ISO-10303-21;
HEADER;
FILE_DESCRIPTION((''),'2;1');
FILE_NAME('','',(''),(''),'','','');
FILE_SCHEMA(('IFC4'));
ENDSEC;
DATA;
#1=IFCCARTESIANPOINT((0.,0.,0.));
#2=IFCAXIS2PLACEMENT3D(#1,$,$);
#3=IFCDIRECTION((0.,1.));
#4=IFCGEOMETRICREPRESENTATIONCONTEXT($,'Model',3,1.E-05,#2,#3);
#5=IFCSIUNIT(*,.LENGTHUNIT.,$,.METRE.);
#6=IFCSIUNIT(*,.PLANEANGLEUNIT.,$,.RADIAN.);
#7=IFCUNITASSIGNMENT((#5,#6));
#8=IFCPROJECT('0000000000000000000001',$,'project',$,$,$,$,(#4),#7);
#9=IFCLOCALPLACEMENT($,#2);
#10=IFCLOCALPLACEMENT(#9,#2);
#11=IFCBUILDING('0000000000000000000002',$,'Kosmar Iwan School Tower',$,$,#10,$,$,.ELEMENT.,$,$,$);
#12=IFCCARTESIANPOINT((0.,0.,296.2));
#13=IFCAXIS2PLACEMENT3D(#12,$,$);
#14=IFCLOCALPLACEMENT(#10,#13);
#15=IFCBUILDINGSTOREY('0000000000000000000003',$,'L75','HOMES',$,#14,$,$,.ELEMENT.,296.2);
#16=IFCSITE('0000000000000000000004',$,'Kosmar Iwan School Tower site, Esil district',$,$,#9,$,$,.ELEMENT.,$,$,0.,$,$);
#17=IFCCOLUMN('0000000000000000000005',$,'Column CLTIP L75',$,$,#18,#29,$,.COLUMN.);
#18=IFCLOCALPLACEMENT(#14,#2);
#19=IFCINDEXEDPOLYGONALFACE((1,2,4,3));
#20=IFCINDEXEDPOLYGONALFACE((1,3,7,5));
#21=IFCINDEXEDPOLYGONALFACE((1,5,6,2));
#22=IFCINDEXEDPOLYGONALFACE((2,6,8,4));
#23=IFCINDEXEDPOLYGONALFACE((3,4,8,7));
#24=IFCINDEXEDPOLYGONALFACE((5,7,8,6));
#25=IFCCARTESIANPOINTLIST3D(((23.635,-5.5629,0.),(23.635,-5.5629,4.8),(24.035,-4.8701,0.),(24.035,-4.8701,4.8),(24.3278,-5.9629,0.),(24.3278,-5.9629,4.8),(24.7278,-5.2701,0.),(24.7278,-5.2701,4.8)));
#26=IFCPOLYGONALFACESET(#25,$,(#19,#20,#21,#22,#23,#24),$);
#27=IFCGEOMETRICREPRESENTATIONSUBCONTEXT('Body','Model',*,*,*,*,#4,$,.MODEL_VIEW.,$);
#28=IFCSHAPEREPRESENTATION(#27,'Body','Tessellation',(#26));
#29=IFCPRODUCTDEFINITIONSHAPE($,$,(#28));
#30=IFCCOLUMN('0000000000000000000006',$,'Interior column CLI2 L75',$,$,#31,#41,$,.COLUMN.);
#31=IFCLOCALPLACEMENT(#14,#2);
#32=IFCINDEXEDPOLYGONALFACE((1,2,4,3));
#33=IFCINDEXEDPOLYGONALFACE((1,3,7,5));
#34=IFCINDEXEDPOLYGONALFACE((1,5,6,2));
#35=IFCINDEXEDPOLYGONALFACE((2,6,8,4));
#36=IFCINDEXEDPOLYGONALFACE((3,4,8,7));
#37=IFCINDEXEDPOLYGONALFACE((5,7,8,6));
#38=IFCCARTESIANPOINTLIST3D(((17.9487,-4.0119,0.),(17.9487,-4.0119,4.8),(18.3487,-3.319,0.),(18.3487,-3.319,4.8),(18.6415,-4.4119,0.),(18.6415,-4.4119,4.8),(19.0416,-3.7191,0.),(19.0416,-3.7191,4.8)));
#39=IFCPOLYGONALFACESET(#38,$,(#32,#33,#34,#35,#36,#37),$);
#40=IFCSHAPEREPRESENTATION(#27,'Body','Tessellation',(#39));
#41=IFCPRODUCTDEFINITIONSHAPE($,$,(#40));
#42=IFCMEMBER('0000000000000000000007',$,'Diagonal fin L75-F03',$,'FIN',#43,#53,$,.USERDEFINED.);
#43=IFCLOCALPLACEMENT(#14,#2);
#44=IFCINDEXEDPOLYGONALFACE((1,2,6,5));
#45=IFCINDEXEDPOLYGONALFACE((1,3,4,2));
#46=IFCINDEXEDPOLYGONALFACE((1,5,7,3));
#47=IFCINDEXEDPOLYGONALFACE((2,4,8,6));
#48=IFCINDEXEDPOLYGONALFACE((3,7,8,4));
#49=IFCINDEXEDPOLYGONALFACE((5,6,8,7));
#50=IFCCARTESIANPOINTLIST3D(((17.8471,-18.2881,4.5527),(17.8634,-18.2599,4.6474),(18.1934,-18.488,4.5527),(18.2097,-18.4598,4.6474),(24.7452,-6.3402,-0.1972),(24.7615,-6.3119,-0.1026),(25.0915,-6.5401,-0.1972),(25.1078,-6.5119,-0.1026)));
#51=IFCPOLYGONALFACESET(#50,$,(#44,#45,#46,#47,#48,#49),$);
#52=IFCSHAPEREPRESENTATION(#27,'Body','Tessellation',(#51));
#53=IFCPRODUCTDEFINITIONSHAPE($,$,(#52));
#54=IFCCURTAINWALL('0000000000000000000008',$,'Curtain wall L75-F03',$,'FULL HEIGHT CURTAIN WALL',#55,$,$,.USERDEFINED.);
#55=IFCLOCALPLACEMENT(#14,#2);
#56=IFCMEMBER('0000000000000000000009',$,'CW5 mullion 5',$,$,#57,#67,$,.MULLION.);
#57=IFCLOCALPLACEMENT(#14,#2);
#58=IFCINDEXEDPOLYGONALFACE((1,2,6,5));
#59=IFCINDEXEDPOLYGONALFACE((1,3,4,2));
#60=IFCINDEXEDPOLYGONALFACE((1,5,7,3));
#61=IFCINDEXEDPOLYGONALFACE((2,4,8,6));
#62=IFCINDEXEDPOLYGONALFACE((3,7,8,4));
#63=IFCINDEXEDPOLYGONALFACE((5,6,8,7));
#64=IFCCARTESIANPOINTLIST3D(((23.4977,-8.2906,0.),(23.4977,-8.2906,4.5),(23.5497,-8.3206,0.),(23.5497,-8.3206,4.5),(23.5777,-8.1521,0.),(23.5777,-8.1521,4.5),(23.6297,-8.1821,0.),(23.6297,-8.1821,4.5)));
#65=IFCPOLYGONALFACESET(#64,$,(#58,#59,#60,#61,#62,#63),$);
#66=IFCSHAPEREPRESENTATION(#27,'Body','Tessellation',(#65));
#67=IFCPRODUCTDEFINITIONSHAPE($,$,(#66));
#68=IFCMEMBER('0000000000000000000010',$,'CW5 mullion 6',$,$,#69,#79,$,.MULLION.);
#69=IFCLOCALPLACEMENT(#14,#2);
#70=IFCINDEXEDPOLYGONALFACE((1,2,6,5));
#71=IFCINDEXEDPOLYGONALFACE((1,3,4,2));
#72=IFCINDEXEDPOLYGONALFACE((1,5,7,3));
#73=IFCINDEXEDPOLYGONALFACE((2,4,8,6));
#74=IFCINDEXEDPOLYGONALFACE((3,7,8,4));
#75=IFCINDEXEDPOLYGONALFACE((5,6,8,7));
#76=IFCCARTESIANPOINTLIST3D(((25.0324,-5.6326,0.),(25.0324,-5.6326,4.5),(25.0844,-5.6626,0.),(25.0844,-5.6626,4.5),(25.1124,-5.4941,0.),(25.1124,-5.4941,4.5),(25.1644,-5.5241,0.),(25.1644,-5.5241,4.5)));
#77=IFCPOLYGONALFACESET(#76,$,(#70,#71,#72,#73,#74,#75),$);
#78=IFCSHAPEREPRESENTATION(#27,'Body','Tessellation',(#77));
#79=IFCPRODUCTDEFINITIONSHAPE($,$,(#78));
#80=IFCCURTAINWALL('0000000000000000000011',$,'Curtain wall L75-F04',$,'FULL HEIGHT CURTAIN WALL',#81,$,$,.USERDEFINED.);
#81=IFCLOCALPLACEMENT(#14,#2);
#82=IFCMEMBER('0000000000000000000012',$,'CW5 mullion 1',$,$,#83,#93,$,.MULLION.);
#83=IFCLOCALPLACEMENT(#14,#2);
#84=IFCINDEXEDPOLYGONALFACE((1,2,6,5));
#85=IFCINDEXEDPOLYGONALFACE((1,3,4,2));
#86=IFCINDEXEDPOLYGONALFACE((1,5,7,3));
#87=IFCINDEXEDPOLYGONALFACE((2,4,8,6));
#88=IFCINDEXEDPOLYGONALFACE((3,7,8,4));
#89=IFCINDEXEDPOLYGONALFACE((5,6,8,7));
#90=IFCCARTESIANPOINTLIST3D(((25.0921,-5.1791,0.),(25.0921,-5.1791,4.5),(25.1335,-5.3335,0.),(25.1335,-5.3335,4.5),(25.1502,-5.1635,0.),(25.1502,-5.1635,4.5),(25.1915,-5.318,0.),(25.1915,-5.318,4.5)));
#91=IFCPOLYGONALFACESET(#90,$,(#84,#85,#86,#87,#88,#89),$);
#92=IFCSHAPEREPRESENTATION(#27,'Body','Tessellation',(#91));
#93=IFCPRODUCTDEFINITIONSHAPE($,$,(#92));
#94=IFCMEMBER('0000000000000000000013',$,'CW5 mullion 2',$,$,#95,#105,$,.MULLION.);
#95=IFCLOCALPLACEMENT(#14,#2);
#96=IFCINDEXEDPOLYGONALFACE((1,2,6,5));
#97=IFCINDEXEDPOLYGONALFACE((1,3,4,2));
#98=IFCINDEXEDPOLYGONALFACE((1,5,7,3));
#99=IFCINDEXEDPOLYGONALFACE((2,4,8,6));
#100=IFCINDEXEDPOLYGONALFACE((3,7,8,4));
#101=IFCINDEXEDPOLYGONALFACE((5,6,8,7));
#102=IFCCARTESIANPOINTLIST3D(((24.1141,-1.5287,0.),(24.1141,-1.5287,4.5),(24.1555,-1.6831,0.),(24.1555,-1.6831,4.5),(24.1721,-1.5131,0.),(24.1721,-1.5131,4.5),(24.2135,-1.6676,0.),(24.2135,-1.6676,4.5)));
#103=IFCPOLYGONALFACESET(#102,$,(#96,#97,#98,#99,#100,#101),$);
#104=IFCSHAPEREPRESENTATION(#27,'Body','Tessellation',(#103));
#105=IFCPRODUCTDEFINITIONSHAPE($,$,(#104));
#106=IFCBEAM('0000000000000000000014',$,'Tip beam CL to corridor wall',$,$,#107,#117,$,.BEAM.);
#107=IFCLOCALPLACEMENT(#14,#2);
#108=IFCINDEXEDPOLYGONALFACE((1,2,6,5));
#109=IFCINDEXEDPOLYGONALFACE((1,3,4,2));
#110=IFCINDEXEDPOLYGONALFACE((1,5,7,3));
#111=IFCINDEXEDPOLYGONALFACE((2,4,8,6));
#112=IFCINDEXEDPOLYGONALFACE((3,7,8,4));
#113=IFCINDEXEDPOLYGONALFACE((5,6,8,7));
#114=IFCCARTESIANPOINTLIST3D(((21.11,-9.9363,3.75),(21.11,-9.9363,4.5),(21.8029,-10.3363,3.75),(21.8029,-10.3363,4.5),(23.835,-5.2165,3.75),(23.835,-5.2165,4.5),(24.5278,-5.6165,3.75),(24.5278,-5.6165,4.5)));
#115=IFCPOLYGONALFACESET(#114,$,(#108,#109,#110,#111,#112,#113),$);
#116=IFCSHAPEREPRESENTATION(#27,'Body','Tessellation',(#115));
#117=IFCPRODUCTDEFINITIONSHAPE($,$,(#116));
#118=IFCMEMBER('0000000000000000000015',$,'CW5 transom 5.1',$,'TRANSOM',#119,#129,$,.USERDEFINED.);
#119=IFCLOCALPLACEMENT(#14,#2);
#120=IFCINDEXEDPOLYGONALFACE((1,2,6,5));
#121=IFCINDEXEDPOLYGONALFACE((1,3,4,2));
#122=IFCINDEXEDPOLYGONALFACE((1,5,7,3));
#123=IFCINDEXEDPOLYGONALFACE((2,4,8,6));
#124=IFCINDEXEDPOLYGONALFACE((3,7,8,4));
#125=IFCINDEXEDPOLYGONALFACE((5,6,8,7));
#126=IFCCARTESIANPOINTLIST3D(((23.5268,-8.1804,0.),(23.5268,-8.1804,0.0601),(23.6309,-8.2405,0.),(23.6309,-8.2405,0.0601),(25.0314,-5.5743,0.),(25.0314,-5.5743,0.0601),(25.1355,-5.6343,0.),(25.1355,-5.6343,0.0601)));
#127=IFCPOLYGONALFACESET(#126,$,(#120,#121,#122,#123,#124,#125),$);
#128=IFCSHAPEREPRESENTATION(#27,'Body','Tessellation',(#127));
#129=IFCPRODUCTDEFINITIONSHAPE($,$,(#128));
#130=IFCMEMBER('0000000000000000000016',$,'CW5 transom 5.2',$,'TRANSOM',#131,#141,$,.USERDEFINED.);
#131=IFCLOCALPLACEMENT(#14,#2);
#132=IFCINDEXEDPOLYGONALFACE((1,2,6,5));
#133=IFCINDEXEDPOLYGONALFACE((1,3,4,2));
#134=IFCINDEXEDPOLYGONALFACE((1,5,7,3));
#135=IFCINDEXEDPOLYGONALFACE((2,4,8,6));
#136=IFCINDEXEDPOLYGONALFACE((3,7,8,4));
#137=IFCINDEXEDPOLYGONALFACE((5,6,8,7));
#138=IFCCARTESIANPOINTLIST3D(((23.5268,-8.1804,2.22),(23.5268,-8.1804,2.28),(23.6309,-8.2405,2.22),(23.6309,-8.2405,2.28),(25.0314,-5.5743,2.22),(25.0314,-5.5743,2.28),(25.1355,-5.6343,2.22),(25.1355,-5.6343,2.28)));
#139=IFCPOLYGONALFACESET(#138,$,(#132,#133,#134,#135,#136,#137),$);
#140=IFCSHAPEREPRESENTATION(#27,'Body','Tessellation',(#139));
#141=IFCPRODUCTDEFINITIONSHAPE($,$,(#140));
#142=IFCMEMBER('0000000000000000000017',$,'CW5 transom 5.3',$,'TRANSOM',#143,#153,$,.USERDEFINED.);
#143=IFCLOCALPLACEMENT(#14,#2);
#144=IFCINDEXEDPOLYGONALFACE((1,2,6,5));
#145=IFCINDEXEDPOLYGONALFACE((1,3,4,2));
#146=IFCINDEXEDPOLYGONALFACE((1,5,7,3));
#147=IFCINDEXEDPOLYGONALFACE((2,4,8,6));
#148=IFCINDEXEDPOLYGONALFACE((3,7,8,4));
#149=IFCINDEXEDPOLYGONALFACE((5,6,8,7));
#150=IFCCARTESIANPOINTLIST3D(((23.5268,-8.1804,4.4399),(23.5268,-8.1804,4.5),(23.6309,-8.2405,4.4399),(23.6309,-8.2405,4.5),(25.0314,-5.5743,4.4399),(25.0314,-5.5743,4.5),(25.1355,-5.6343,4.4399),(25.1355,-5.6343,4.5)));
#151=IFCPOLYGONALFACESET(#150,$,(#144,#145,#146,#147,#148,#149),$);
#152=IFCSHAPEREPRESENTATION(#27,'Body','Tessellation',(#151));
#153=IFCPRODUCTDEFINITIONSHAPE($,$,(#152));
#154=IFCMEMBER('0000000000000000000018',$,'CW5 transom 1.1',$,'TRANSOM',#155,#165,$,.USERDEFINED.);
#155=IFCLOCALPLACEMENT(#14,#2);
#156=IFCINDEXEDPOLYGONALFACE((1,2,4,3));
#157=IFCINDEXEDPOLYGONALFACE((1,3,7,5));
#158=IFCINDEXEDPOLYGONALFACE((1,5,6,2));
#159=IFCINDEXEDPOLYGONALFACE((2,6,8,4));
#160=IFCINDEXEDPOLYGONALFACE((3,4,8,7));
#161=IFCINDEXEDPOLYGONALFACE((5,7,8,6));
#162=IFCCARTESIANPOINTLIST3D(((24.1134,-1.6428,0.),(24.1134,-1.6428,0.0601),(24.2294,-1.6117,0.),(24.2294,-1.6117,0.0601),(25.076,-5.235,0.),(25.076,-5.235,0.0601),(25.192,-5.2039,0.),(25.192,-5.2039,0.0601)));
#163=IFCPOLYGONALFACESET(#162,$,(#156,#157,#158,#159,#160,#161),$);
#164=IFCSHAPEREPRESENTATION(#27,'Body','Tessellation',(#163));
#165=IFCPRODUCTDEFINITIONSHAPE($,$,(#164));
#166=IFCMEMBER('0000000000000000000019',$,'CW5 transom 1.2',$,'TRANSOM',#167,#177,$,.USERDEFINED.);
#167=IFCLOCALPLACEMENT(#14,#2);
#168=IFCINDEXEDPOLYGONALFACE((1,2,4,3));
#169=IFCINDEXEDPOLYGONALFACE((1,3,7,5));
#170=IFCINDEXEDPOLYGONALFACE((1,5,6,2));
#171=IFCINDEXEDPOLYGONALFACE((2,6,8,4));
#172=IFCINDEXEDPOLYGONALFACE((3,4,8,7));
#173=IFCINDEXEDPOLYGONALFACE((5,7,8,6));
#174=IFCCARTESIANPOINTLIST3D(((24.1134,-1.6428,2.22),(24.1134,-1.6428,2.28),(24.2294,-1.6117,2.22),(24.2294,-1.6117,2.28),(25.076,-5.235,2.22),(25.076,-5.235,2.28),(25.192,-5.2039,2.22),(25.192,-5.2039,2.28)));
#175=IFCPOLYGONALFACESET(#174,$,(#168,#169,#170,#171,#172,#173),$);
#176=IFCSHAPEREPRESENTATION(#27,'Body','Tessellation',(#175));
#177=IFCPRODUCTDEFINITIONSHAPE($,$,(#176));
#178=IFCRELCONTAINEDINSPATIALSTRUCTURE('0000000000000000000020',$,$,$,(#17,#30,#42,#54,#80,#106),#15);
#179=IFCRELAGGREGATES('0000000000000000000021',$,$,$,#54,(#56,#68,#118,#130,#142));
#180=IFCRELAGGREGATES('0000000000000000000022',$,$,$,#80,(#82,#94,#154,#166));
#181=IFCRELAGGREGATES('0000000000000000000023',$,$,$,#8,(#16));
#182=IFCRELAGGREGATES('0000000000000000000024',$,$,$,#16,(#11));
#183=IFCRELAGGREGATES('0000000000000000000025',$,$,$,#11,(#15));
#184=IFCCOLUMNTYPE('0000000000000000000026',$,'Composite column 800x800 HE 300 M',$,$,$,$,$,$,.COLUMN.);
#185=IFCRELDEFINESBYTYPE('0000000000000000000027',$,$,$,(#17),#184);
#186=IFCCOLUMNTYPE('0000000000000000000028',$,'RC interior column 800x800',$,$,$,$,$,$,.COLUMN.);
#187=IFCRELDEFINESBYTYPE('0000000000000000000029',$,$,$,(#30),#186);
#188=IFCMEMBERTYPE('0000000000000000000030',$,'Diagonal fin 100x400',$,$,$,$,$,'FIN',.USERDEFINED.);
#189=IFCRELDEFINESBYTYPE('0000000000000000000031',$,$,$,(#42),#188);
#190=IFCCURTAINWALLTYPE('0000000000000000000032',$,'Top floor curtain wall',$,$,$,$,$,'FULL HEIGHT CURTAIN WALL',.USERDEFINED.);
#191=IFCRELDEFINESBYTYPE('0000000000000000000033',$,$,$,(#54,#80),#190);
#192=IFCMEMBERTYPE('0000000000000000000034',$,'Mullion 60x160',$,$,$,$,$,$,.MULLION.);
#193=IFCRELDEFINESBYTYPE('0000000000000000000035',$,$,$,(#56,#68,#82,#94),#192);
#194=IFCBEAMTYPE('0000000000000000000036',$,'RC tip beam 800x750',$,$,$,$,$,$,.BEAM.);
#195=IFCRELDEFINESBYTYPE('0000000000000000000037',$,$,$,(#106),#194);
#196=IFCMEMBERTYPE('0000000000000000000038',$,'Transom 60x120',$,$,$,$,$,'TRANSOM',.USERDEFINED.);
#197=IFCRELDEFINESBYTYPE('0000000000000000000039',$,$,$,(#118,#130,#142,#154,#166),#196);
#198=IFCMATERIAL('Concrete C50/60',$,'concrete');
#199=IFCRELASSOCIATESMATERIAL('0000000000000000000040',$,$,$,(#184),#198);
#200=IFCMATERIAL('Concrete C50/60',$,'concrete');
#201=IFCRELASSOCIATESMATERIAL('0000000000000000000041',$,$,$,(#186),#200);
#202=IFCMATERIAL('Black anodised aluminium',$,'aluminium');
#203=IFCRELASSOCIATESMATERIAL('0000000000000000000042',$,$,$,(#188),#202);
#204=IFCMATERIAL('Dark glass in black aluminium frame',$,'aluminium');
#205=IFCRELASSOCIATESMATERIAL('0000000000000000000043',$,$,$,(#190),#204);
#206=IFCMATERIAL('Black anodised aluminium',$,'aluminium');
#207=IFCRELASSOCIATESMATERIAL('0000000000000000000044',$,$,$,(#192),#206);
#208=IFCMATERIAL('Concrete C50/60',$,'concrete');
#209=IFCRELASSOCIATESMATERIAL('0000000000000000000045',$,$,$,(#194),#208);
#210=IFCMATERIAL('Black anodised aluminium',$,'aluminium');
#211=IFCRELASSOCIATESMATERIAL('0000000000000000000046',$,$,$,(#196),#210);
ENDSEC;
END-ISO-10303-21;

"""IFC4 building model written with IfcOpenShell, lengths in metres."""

from ifc_helpers import new_model, si_unit, direction, frame, origin, origin_2d, place, context, subcontext, project, spatial, rectangle, extrude, material, material_profile, profile_set, type_object, element, aggregate, save


model = new_model("IFC4")

# Units and contexts
model_context = context("Model", 3, precision=1e-05, world=origin(), true_north=direction((0.0, 1.0)))
body_context = subcontext(model_context, "Body", "Model", "MODEL_VIEW")
ifc_project = project(units=[si_unit("LENGTHUNIT", "METRE"), si_unit("PLANEANGLEUNIT", "RADIAN")], contexts=[model_context])

# Site, building, storey
site_placement = place(None, origin())
site = spatial("IfcSite", under=ifc_project, at=site_placement, Name="Kosmar Iwan School Tower site, Esil district", CompositionType="ELEMENT", RefElevation=0.0)
building_placement = place(site_placement, origin())
building = spatial("IfcBuilding", under=site, at=building_placement, Name="Kosmar Iwan School Tower", CompositionType="ELEMENT")
storey_placement = place(building_placement, frame((0.0, 0.0, 296.2)))
storey = spatial("IfcBuildingStorey", under=building, at=storey_placement, Name="L75", Description="HOMES", CompositionType="ELEMENT", Elevation=296.2)

# Columns
ifc_material_1 = material(Name="Concrete C50/60", Category="concrete")
ifc_material_profile_1 = material_profile(ifc_material_1, rectangle(XDim=0.8, YDim=0.8, at=origin_2d()), Name="RC 800x800 + HE 300 M")
ifc_profile_set_1 = profile_set([ifc_material_profile_1], Name="Concrete C50/60")
column_type_1 = type_object("IfcColumnType", Name="Composite column 800x800 HE 300 M", PredefinedType="COLUMN", material=ifc_profile_set_1)
column_1_placement = place(storey_placement, frame((24.1814, -5.4165, 0.0), z_axis=(0.0, 0.0, 1.0), x_axis=(0.866025, -0.5, 0.0)))
element("IfcColumn", 1, at=column_1_placement, inside=storey, type_object=column_type_1, Name="Column CLTIP L75", PredefinedType="COLUMN", context=body_context, shape_type="SweptSolid", body=[
    extrude(rectangle(XDim=0.8, YDim=0.8, at=origin_2d()), origin(), (0.0, 0.0, 1.0), 4.8),
])
ifc_material_2 = material(Name="Concrete C50/60", Category="concrete")
ifc_material_profile_2 = material_profile(ifc_material_2, rectangle(XDim=0.8, YDim=0.8, at=origin_2d()), Name="RC 800x800")
ifc_profile_set_2 = profile_set([ifc_material_profile_2], Name="Concrete C50/60")
column_type_2 = type_object("IfcColumnType", Name="RC interior column 800x800", PredefinedType="COLUMN", material=ifc_profile_set_2)
column_2_placement = place(storey_placement, frame((18.4951, -3.8655, 0.0), z_axis=(0.0, 0.0, 1.0), x_axis=(0.866025, -0.5, 0.0)))
element("IfcColumn", 2, at=column_2_placement, inside=storey, type_object=column_type_2, Name="Interior column CLI2 L75", PredefinedType="COLUMN", context=body_context, shape_type="SweptSolid", body=[
    extrude(rectangle(XDim=0.8, YDim=0.8, at=origin_2d()), origin(), (0.0, 0.0, 1.0), 4.8),
])

# Member
ifc_material_3 = material(Name="Black anodised aluminium", Category="aluminium")
ifc_material_profile_3 = material_profile(ifc_material_3, rectangle(XDim=0.1001, YDim=0.3999, at=origin_2d()), Name="FIN 100x400")
ifc_profile_set_3 = profile_set([ifc_material_profile_3], Name="Black anodised aluminium")
member_type_1 = type_object("IfcMemberType", Name="Diagonal fin 100x400", ElementType="FIN", PredefinedType="USERDEFINED", material=ifc_profile_set_3)
member_1_placement = place(storey_placement, frame((24.9265, -6.426, -0.1499), z_axis=(-0.472765, -0.818851, 0.325539), x_axis=(0.16277, 0.281925, 0.945528)))
element("IfcMember", 3, at=member_1_placement, inside=storey, type_object=member_type_1, Name="Diagonal fin L75-F03", ObjectType="FIN", PredefinedType="USERDEFINED", context=body_context, shape_type="SweptSolid", body=[
    extrude(rectangle(XDim=0.1001, YDim=0.3999, at=origin_2d()), origin(), (0.0, 0.0, 1.0), 14.5911),
])

# Curtain walls, members
ifc_material_4 = material(Name="Dark glass in black aluminium frame", Category="aluminium")
curtain_wall_type = type_object("IfcCurtainWallType", Name="Top floor curtain wall", ElementType="FULL HEIGHT CURTAIN WALL", PredefinedType="USERDEFINED", material=ifc_material_4)
curtain_wall_1_placement = place(storey_placement, origin())
curtain_wall_1 = element("IfcCurtainWall", 4, at=curtain_wall_1_placement, inside=storey, type_object=curtain_wall_type, Name="Curtain wall L75-F03", ObjectType="FULL HEIGHT CURTAIN WALL", PredefinedType="USERDEFINED")
ifc_material_5 = material(Name="Black anodised aluminium", Category="aluminium")
ifc_material_profile_4 = material_profile(ifc_material_5, rectangle(XDim=0.0601, YDim=0.1599, at=origin_2d()), Name="MULLION 60x160")
ifc_profile_set_4 = profile_set([ifc_material_profile_4], Name="Black anodised aluminium")
member_type_2 = type_object("IfcMemberType", Name="Mullion 60x160", PredefinedType="MULLION", material=ifc_profile_set_4)
member_2_placement = place(storey_placement, frame((23.5637, -8.2363, 0.0), z_axis=(0.0, 0.0, 1.0), x_axis=(-0.866025, 0.5, 0.0)))
member_2 = element("IfcMember", 5, at=member_2_placement, type_object=member_type_2, Name="CW5 mullion 5", PredefinedType="MULLION", context=body_context, shape_type="SweptSolid", body=[
    extrude(rectangle(XDim=0.0601, YDim=0.1599, at=origin_2d()), origin(), (0.0, 0.0, 1.0), 4.5),
])
member_3_placement = place(storey_placement, frame((25.0984, -5.5784, 0.0), z_axis=(0.0, 0.0, 1.0), x_axis=(-0.866025, 0.5, 0.0)))
member_3 = element("IfcMember", 6, at=member_3_placement, type_object=member_type_2, Name="CW5 mullion 6", PredefinedType="MULLION", context=body_context, shape_type="SweptSolid", body=[
    extrude(rectangle(XDim=0.0601, YDim=0.1599, at=origin_2d()), origin(), (0.0, 0.0, 1.0), 4.5),
])
curtain_wall_2_placement = place(storey_placement, origin())
curtain_wall_2 = element("IfcCurtainWall", 7, at=curtain_wall_2_placement, inside=storey, type_object=curtain_wall_type, Name="Curtain wall L75-F04", ObjectType="FULL HEIGHT CURTAIN WALL", PredefinedType="USERDEFINED")
member_4_placement = place(storey_placement, frame((25.1418, -5.2485, 0.0), z_axis=(0.0, 0.0, 1.0), x_axis=(-0.965926, -0.258819, 0.0)))
member_4 = element("IfcMember", 8, at=member_4_placement, type_object=member_type_2, Name="CW5 mullion 1", PredefinedType="MULLION", context=body_context, shape_type="SweptSolid", body=[
    extrude(rectangle(XDim=0.0601, YDim=0.1599, at=origin_2d()), origin(), (0.0, 0.0, 1.0), 4.5),
])
member_5_placement = place(storey_placement, frame((24.1638, -1.5981, 0.0), z_axis=(0.0, 0.0, 1.0), x_axis=(-0.965926, -0.258819, 0.0)))
member_5 = element("IfcMember", 9, at=member_5_placement, type_object=member_type_2, Name="CW5 mullion 2", PredefinedType="MULLION", context=body_context, shape_type="SweptSolid", body=[
    extrude(rectangle(XDim=0.0601, YDim=0.1599, at=origin_2d()), origin(), (0.0, 0.0, 1.0), 4.5),
])

# Beam
ifc_material_6 = material(Name="Concrete C50/60", Category="concrete")
ifc_material_profile_5 = material_profile(ifc_material_6, rectangle(XDim=0.8, YDim=0.75, at=origin_2d()), Name="RC 800x750")
ifc_profile_set_5 = profile_set([ifc_material_profile_5], Name="Concrete C50/60")
beam_type = type_object("IfcBeamType", Name="RC tip beam 800x750", PredefinedType="BEAM", material=ifc_profile_set_5)
beam_placement = place(storey_placement, frame((24.1814, -5.4165, 4.125), z_axis=(-0.499989, -0.866032, 0.0), x_axis=(0.866032, -0.499989, 0.0)))
element("IfcBeam", 10, at=beam_placement, inside=storey, type_object=beam_type, Name="Tip beam CL to corridor wall", PredefinedType="BEAM", context=body_context, shape_type="SweptSolid", body=[
    extrude(rectangle(XDim=0.8, YDim=0.75, at=origin_2d()), origin(), (0.0, 0.0, 1.0), 5.45),
])

# Members
ifc_material_7 = material(Name="Black anodised aluminium", Category="aluminium")
ifc_material_profile_6 = material_profile(ifc_material_7, rectangle(XDim=0.1201, YDim=0.0601, at=origin_2d()), Name="TRANSOM 60x120")
ifc_profile_set_6 = profile_set([ifc_material_profile_6], Name="Black anodised aluminium")
member_type_3 = type_object("IfcMemberType", Name="Transom 60x120", ElementType="TRANSOM", PredefinedType="USERDEFINED", material=ifc_profile_set_6)
member_6_placement = place(storey_placement, frame((23.5789, -8.2104, 0.03), z_axis=(0.499987, 0.866033, 0.0), x_axis=(-0.866033, 0.499987, 0.0)))
member_6 = element("IfcMember", 11, at=member_6_placement, type_object=member_type_3, Name="CW5 transom 5.1", ObjectType="TRANSOM", PredefinedType="USERDEFINED", context=body_context, shape_type="SweptSolid", body=[
    extrude(rectangle(XDim=0.1201, YDim=0.0601, at=origin_2d()), origin(), (0.0, 0.0, 1.0), 3.0093),
])
member_7_placement = place(storey_placement, frame((23.5789, -8.2104, 2.25), z_axis=(0.499987, 0.866033, 0.0), x_axis=(-0.866033, 0.499987, 0.0)))
member_7 = element("IfcMember", 12, at=member_7_placement, type_object=member_type_3, Name="CW5 transom 5.2", ObjectType="TRANSOM", PredefinedType="USERDEFINED", context=body_context, shape_type="SweptSolid", body=[
    extrude(rectangle(XDim=0.1201, YDim=0.0601, at=origin_2d()), origin(), (0.0, 0.0, 1.0), 3.0093),
])
member_8_placement = place(storey_placement, frame((23.5789, -8.2104, 4.47), z_axis=(0.499987, 0.866033, 0.0), x_axis=(-0.866033, 0.499987, 0.0)))
member_8 = element("IfcMember", 13, at=member_8_placement, type_object=member_type_3, Name="CW5 transom 5.3", ObjectType="TRANSOM", PredefinedType="USERDEFINED", context=body_context, shape_type="SweptSolid", body=[
    extrude(rectangle(XDim=0.1201, YDim=0.0601, at=origin_2d()), origin(), (0.0, 0.0, 1.0), 3.0093),
])
member_9_placement = place(storey_placement, frame((25.134, -5.2195, 0.03), z_axis=(-0.258843, 0.965919, 0.0), x_axis=(-0.965919, -0.258843, 0.0)))
member_9 = element("IfcMember", 14, at=member_9_placement, type_object=member_type_3, Name="CW5 transom 1.1", ObjectType="TRANSOM", PredefinedType="USERDEFINED", context=body_context, shape_type="SweptSolid", body=[
    extrude(rectangle(XDim=0.1201, YDim=0.0601, at=origin_2d()), origin(), (0.0, 0.0, 1.0), 3.719),
])
member_10_placement = place(storey_placement, frame((25.134, -5.2195, 2.25), z_axis=(-0.258843, 0.965919, 0.0), x_axis=(-0.965919, -0.258843, 0.0)))
member_10 = element("IfcMember", 15, at=member_10_placement, type_object=member_type_3, Name="CW5 transom 1.2", ObjectType="TRANSOM", PredefinedType="USERDEFINED", context=body_context, shape_type="SweptSolid", body=[
    extrude(rectangle(XDim=0.1201, YDim=0.0601, at=origin_2d()), origin(), (0.0, 0.0, 1.0), 3.719),
])

aggregate(curtain_wall_1, [member_2, member_3, member_6, member_7, member_8])
aggregate(curtain_wall_2, [member_4, member_5, member_9, member_10])

save(model, "model.ifc")
